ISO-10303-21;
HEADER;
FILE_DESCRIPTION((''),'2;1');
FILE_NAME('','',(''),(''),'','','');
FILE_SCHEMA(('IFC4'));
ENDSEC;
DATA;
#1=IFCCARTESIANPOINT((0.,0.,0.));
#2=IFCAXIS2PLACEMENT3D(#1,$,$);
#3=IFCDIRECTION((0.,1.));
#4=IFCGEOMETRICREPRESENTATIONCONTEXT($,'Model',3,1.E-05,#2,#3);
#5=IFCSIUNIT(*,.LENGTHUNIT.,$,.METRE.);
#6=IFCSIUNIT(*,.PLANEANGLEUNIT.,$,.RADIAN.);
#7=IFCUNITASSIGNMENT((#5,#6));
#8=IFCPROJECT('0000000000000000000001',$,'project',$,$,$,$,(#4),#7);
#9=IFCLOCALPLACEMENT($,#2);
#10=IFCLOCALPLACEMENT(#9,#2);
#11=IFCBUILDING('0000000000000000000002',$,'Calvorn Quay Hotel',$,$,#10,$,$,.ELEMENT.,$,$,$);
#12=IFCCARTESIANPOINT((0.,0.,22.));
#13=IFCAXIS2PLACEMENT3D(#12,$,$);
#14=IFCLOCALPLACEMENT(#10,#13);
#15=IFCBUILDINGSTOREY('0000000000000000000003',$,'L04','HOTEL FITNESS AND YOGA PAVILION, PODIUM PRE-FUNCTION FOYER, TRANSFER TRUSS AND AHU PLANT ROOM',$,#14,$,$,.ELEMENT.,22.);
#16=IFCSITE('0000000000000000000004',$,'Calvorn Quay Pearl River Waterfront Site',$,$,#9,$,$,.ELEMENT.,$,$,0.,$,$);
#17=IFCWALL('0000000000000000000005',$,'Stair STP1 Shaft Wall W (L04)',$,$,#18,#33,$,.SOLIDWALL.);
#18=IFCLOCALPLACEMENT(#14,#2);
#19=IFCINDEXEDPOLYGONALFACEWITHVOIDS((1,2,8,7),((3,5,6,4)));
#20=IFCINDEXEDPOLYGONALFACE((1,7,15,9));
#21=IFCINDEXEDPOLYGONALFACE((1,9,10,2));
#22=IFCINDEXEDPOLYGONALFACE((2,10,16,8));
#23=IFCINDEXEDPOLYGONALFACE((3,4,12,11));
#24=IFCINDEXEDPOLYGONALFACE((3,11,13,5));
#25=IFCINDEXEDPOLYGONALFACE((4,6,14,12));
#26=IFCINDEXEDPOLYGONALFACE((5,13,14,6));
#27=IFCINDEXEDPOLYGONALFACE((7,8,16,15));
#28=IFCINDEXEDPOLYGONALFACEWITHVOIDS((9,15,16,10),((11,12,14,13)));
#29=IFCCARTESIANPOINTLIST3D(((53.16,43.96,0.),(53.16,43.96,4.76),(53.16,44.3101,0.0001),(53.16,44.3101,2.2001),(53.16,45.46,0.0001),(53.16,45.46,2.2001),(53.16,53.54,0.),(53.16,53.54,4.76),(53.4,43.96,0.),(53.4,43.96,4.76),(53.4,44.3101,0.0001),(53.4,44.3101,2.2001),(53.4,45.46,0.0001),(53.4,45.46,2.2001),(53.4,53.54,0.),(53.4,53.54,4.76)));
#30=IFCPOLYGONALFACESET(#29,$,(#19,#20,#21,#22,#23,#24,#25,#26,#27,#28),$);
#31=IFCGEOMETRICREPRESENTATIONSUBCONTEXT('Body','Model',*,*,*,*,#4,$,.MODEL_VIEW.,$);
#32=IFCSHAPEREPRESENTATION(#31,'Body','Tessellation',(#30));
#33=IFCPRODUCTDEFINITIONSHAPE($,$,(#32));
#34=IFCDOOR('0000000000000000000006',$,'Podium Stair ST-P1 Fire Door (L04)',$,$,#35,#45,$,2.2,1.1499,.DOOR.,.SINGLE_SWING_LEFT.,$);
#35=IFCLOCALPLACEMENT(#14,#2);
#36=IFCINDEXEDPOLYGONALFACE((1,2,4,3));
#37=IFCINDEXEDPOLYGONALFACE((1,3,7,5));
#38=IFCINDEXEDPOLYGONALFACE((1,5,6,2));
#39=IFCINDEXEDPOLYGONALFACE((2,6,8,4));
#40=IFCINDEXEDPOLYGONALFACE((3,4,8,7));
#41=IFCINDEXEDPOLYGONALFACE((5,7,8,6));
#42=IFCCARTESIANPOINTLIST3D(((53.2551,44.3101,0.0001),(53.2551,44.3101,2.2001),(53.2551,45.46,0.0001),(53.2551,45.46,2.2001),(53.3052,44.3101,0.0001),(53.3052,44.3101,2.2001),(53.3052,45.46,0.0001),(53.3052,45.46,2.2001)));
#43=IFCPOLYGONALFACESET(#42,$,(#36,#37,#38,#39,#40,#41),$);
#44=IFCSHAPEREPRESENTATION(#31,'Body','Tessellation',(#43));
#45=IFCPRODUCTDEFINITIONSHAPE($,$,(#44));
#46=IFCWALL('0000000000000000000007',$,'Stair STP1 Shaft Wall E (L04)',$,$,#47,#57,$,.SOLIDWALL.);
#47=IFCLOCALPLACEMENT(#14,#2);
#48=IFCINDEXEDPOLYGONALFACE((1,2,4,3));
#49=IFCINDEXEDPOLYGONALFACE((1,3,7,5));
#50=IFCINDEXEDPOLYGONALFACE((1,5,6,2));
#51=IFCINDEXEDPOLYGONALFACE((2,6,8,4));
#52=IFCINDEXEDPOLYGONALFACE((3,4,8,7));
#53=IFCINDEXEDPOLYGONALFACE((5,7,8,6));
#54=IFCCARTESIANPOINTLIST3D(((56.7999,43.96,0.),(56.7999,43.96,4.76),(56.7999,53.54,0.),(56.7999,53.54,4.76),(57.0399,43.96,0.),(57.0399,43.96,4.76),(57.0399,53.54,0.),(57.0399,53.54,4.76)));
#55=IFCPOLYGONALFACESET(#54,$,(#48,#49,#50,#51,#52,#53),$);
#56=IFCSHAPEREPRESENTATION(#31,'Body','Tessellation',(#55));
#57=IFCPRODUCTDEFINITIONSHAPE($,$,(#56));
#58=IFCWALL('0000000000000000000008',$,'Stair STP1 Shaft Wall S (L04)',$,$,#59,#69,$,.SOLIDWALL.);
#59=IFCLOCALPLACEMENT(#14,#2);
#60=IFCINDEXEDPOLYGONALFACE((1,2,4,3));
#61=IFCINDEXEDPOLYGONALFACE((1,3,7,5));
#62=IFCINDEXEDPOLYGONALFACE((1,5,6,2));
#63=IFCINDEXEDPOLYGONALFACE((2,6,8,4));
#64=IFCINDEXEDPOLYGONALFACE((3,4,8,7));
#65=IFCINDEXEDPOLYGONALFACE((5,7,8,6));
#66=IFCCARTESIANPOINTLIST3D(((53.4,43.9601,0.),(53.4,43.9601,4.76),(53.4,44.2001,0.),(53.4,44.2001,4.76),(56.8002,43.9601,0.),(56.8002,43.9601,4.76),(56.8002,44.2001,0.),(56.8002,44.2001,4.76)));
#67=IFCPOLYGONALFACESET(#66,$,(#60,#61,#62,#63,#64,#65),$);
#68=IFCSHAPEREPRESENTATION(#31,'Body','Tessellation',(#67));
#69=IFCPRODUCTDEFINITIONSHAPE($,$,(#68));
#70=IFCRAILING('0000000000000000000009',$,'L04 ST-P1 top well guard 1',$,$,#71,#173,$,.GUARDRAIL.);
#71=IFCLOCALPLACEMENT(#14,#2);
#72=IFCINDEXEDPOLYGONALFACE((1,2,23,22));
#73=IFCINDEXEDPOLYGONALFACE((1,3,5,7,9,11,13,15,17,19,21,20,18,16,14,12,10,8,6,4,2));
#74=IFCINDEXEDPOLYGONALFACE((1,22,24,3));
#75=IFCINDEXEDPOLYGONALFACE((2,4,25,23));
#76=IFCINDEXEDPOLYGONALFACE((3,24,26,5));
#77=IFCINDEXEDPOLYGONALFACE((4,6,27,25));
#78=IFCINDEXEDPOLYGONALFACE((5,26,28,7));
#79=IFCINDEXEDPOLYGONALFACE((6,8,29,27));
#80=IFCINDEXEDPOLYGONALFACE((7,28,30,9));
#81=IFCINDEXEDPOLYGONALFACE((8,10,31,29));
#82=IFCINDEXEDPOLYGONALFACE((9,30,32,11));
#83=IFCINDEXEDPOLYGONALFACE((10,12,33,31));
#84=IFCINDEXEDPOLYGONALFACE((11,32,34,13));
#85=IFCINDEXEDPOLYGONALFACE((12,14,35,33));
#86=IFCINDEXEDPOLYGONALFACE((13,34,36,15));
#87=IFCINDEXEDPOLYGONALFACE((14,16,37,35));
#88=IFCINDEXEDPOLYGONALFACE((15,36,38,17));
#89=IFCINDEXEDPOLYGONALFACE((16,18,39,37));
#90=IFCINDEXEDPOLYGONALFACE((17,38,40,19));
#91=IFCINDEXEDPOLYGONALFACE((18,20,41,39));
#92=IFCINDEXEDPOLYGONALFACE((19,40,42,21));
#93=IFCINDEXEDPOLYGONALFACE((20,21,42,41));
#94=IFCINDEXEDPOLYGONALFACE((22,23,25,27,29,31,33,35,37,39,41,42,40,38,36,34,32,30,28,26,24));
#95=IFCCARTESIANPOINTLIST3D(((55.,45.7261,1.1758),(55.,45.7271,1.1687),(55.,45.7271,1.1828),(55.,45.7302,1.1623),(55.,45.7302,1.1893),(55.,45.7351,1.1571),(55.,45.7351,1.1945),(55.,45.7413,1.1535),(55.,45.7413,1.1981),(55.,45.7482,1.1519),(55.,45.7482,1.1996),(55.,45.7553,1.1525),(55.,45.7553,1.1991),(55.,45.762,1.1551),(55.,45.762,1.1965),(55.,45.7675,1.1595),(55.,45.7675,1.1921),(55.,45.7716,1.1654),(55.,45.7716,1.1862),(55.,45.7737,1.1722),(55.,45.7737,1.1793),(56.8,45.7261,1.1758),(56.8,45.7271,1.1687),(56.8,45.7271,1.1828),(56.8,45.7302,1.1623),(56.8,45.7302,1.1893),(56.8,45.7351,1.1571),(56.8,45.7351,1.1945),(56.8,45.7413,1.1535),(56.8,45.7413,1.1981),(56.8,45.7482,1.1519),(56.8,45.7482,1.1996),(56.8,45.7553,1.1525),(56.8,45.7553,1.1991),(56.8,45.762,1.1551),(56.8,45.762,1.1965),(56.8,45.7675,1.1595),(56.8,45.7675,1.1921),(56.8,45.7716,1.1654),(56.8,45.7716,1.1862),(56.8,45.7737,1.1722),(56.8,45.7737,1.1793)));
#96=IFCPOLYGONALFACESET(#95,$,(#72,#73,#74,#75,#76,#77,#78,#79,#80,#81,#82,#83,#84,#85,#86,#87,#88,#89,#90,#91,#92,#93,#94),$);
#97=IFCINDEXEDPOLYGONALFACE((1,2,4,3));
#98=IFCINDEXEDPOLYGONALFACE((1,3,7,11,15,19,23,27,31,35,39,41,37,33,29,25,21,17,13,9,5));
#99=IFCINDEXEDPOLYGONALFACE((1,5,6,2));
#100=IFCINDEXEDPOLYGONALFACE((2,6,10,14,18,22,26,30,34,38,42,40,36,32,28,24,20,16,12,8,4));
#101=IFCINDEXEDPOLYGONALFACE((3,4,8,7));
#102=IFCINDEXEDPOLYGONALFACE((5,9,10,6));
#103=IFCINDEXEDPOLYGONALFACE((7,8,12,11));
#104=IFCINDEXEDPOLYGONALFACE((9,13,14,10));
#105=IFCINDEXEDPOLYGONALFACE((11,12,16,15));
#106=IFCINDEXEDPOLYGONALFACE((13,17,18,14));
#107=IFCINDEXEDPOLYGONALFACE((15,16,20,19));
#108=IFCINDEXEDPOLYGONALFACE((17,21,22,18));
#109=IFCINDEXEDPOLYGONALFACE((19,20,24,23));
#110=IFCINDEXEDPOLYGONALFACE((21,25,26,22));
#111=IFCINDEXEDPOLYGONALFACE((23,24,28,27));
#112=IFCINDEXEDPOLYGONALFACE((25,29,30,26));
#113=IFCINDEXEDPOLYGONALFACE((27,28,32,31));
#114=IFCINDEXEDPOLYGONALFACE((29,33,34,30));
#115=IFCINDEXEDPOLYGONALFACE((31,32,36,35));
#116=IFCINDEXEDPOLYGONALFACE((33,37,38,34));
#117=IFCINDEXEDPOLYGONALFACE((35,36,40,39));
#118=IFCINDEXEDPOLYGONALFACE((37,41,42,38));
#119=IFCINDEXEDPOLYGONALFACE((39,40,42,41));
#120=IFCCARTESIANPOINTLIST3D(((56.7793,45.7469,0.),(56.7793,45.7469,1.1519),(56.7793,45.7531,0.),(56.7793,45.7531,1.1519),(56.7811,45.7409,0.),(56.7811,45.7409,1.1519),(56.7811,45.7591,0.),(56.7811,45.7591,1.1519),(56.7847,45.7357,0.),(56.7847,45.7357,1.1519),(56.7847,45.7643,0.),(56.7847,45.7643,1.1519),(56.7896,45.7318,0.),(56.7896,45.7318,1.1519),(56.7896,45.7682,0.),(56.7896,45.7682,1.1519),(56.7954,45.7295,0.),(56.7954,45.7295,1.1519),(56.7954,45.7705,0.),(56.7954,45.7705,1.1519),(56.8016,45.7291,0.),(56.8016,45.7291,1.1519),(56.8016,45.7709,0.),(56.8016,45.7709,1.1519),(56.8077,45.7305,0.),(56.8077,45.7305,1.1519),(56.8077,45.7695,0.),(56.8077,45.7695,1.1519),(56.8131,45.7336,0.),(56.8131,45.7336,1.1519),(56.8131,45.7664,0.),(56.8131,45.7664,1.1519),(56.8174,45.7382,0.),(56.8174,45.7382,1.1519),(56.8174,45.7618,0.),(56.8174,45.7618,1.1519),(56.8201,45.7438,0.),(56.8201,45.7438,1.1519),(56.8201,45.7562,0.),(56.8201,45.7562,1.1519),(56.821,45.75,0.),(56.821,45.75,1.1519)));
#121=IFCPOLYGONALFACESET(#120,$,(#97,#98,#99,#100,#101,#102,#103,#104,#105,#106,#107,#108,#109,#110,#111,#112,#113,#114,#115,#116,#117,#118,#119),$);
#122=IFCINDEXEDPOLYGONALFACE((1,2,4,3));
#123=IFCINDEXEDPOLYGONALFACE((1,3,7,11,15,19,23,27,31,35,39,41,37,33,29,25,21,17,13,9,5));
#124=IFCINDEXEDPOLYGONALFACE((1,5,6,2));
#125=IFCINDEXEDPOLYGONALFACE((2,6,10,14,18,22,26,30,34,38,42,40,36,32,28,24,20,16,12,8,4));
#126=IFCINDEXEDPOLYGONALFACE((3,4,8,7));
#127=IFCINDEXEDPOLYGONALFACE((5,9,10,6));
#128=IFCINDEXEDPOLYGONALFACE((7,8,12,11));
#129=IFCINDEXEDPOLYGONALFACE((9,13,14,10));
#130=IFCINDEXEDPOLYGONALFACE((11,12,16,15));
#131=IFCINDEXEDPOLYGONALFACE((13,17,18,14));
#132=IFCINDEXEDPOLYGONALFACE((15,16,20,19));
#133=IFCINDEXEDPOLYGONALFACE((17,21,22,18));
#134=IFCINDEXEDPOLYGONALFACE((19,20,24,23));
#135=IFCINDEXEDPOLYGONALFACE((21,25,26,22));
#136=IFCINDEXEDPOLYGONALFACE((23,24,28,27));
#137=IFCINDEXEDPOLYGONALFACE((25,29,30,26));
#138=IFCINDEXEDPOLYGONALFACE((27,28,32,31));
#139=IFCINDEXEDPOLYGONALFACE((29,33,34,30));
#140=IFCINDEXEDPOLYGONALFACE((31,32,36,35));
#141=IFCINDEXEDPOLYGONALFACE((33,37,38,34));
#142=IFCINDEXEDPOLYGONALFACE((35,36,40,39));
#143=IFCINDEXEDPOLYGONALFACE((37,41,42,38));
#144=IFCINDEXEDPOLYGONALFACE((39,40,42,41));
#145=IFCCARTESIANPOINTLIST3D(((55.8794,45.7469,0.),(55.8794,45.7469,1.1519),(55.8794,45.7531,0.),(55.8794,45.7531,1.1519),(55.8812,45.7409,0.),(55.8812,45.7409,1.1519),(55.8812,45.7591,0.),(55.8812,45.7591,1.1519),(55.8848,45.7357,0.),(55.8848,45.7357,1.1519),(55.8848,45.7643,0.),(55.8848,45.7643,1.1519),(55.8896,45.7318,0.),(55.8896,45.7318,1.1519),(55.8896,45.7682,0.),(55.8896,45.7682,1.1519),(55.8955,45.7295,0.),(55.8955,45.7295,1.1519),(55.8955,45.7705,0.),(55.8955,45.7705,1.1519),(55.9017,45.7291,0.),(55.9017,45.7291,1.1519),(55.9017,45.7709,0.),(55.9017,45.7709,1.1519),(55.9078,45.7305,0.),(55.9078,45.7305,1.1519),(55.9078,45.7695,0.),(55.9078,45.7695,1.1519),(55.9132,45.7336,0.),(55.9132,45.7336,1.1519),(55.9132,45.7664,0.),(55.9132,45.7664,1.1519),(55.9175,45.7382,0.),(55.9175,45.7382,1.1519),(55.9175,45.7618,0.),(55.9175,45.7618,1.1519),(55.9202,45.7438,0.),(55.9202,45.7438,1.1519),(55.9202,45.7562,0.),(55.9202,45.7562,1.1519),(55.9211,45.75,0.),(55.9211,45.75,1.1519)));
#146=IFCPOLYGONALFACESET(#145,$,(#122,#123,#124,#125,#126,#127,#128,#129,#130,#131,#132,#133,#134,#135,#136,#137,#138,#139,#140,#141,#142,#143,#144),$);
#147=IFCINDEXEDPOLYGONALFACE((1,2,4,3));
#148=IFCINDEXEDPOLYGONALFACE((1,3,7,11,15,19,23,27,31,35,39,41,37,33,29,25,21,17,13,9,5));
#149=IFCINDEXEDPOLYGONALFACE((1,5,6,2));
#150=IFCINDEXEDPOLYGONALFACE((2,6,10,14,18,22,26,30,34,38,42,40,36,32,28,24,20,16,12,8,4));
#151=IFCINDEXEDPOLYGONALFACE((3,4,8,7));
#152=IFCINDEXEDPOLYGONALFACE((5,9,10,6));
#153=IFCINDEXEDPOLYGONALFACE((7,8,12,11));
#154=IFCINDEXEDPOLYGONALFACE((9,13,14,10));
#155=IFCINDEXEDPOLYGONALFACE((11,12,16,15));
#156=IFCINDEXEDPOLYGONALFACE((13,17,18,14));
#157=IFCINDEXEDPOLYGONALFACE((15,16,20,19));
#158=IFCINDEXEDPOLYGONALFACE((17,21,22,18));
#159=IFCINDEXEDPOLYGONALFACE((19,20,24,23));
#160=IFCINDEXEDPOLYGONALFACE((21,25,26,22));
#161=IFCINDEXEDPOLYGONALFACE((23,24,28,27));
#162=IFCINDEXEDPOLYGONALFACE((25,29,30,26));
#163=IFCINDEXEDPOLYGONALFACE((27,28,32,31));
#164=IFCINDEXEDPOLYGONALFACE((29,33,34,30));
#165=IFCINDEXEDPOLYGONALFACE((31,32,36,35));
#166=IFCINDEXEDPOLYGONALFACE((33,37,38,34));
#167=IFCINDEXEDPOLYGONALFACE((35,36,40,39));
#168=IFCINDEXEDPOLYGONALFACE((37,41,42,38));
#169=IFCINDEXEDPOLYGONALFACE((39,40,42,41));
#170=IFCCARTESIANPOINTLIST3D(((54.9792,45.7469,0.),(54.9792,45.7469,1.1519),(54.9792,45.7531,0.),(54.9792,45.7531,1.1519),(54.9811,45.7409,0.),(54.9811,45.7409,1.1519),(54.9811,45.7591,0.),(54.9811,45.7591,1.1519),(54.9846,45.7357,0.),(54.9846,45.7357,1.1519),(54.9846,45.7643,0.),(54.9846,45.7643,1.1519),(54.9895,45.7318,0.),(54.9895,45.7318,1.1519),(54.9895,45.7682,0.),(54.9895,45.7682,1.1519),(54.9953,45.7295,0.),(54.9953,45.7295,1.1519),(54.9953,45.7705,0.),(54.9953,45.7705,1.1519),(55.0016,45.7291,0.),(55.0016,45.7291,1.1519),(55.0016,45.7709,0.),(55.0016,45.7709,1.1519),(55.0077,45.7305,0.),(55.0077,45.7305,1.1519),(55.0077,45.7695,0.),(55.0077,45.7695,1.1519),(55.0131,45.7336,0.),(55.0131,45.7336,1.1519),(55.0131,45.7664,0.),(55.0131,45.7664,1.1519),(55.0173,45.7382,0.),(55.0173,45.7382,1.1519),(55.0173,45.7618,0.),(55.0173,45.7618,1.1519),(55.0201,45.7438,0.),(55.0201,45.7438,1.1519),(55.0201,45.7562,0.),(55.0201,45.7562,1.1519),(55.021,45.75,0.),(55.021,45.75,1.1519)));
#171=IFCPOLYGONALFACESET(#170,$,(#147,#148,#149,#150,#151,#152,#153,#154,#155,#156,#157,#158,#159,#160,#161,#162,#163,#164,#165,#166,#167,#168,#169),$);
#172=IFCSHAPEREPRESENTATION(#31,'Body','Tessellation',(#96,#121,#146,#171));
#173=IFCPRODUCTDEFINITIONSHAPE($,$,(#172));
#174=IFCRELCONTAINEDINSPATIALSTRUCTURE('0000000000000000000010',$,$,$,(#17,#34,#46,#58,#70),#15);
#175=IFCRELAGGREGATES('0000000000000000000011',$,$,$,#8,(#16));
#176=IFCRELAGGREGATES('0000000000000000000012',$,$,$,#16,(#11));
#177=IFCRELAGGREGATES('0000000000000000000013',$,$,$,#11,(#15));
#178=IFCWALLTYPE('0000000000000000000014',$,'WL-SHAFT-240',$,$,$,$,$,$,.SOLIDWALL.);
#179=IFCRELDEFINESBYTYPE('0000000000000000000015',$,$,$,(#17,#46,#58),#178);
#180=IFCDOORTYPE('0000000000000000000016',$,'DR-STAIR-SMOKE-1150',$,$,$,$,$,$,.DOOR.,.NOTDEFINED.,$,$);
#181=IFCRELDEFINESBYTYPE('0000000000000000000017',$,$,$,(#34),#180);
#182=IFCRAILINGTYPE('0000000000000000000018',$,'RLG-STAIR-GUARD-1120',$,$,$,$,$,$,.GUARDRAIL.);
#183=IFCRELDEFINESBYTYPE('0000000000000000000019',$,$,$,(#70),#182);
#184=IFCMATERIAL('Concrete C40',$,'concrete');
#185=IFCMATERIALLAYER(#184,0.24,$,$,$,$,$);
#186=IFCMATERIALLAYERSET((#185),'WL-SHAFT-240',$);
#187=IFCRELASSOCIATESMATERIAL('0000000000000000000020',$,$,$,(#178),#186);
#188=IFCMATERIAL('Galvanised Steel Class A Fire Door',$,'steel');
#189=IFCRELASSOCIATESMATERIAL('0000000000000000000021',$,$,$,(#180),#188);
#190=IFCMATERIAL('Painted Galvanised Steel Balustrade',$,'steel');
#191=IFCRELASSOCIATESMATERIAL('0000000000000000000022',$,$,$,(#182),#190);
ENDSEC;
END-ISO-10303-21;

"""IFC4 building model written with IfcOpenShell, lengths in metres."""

from ifc_helpers import new_model, si_unit, direction, frame, frame_2d, origin, origin_2d, place, context, subcontext, project, spatial, rectangle, circle, extrude, material, layer, layer_set, type_object, element, fill, save


model = new_model("IFC4")

# Units and contexts
model_context = context("Model", 3, precision=1e-05, world=origin(), true_north=direction((0.0, 1.0)))
body_context = subcontext(model_context, "Body", "Model", "MODEL_VIEW")
ifc_project = project(units=[si_unit("LENGTHUNIT", "METRE"), si_unit("PLANEANGLEUNIT", "RADIAN")], contexts=[model_context])

# Site, building, storey
site_placement = place(None, origin())
site = spatial("IfcSite", under=ifc_project, at=site_placement, Name="Calvorn Quay Pearl River Waterfront Site", CompositionType="ELEMENT", RefElevation=0.0)
building_placement = place(site_placement, origin())
building = spatial("IfcBuilding", under=site, at=building_placement, Name="Calvorn Quay Hotel", CompositionType="ELEMENT")
storey_placement = place(building_placement, frame((0.0, 0.0, 22.0)))
storey = spatial("IfcBuildingStorey", under=building, at=storey_placement, Name="L04", Description="HOTEL FITNESS AND YOGA PAVILION, PODIUM PRE-FUNCTION FOYER, TRANSFER TRUSS AND AHU PLANT ROOM", CompositionType="ELEMENT", Elevation=22.0)

# Wall, opening, door
ifc_material_1 = material(Name="Concrete C40", Category="concrete")
ifc_layer_1 = layer(ifc_material_1, 0.24)
ifc_layer_set_1 = layer_set([ifc_layer_1], Name="WL-SHAFT-240")
wall_type_1 = type_object("IfcWallType", Name="WL-SHAFT-240", PredefinedType="SOLIDWALL", material=ifc_layer_set_1)
wall_1_placement = place(storey_placement, frame((53.28, 43.96, 0.0), z_axis=(0.0, 0.0, 1.0), x_axis=(0.0, 1.0, 0.0)))
wall_1 = element("IfcWall", 1, at=wall_1_placement, inside=storey, type_object=wall_type_1, Name="Stair STP1 Shaft Wall W (L04)", PredefinedType="SOLIDWALL", context=body_context, shape_type="SweptSolid", body=[
    extrude(rectangle(XDim=9.5801, YDim=0.24, at=frame_2d((4.79, 0.0))), origin(), (0.0, 0.0, 1.0), 4.76),
])
opening_1_placement = place(wall_1_placement, frame((0.3501, 0.0, 0.0)))
opening_1 = element("IfcOpeningElement", 2, at=opening_1_placement, cuts=wall_1, PredefinedType="OPENING", context=body_context, shape_type="SweptSolid", body=[
    extrude(rectangle(XDim=1.1499, YDim=2.2, at=frame_2d((0.575, 1.1001))), frame((0.0, 0.1299, 0.0), z_axis=(0.0, -1.0, 0.0), x_axis=(1.0, 0.0, 0.0)), (0.0, 0.0, 1.0), 0.26),
])
ifc_material_2 = material(Name="Galvanised Steel Class A Fire Door", Category="steel")
door_type_1 = type_object("IfcDoorType", Name="DR-STAIR-SMOKE-1150", OperationType="NOTDEFINED", PredefinedType="DOOR", material=ifc_material_2)
door_1_placement = place(opening_1_placement, origin())
door_1 = element("IfcDoor", 3, at=door_1_placement, inside=storey, type_object=door_type_1, Name="Podium Stair ST-P1 Fire Door (L04)", OperationType="SINGLE_SWING_LEFT", OverallHeight=2.2, OverallWidth=1.1499, PredefinedType="DOOR", context=body_context, shape_type="SweptSolid", body=[
    extrude(rectangle(XDim=1.1499, YDim=2.2, at=frame_2d((0.575, 1.1001))), frame((0.0, 0.0249, 0.0), z_axis=(0.0, -1.0, 0.0), x_axis=(1.0, 0.0, 0.0)), (0.0, 0.0, 1.0), 0.05),
])
fill(opening_1, door_1)

# Walls
wall_2_placement = place(storey_placement, frame((56.9199, 43.96, 0.0), z_axis=(0.0, 0.0, 1.0), x_axis=(0.0, 1.0, 0.0)))
element("IfcWall", 4, at=wall_2_placement, inside=storey, type_object=wall_type_1, Name="Stair STP1 Shaft Wall E (L04)", PredefinedType="SOLIDWALL", context=body_context, shape_type="SweptSolid", body=[
    extrude(rectangle(XDim=9.5801, YDim=0.24, at=frame_2d((4.79, 0.0))), origin(), (0.0, 0.0, 1.0), 4.76),
])
wall_3_placement = place(storey_placement, frame((53.3999, 44.0801, 0.0), z_axis=(0.0, 0.0, 1.0), x_axis=(1.0, 0.0, 0.0)))
element("IfcWall", 5, at=wall_3_placement, inside=storey, type_object=wall_type_1, Name="Stair STP1 Shaft Wall S (L04)", PredefinedType="SOLIDWALL", context=body_context, shape_type="SweptSolid", body=[
    extrude(rectangle(XDim=3.4001, YDim=0.24, at=frame_2d((1.7002, 0.0))), origin(), (0.0, 0.0, 1.0), 4.76),
])

# Railing
ifc_material_3 = material(Name="Painted Galvanised Steel Balustrade", Category="steel")
railing_type = type_object("IfcRailingType", Name="RLG-STAIR-GUARD-1120", PredefinedType="GUARDRAIL", material=ifc_material_3)
railing_placement = place(storey_placement, frame((56.8, 45.75, 0.0)))
element("IfcRailing", 6, at=railing_placement, inside=storey, type_object=railing_type, Name="L04 ST-P1 top well guard 1", PredefinedType="GUARDRAIL", context=body_context, shape_type="SweptSolid", body=[
    extrude(circle(Radius=0.0239, at=origin_2d()), frame((0.0, 0.0, 1.1758), z_axis=(-1.0, 0.0, 0.0), x_axis=(0.0, -1.0, 0.0)), (0.0, 0.0, 1.0), 1.8),
    extrude(circle(Radius=0.021, at=origin_2d()), origin(), (0.0, 0.0, 1.0), 1.1519),
    extrude(circle(Radius=0.021, at=origin_2d()), frame((-0.8999, 0.0, 0.0)), (0.0, 0.0, 1.0), 1.1519),
    extrude(circle(Radius=0.021, at=origin_2d()), frame((-1.8, 0.0, 0.0)), (0.0, 0.0, 1.0), 1.1519),
])

save(model, "model.ifc")
